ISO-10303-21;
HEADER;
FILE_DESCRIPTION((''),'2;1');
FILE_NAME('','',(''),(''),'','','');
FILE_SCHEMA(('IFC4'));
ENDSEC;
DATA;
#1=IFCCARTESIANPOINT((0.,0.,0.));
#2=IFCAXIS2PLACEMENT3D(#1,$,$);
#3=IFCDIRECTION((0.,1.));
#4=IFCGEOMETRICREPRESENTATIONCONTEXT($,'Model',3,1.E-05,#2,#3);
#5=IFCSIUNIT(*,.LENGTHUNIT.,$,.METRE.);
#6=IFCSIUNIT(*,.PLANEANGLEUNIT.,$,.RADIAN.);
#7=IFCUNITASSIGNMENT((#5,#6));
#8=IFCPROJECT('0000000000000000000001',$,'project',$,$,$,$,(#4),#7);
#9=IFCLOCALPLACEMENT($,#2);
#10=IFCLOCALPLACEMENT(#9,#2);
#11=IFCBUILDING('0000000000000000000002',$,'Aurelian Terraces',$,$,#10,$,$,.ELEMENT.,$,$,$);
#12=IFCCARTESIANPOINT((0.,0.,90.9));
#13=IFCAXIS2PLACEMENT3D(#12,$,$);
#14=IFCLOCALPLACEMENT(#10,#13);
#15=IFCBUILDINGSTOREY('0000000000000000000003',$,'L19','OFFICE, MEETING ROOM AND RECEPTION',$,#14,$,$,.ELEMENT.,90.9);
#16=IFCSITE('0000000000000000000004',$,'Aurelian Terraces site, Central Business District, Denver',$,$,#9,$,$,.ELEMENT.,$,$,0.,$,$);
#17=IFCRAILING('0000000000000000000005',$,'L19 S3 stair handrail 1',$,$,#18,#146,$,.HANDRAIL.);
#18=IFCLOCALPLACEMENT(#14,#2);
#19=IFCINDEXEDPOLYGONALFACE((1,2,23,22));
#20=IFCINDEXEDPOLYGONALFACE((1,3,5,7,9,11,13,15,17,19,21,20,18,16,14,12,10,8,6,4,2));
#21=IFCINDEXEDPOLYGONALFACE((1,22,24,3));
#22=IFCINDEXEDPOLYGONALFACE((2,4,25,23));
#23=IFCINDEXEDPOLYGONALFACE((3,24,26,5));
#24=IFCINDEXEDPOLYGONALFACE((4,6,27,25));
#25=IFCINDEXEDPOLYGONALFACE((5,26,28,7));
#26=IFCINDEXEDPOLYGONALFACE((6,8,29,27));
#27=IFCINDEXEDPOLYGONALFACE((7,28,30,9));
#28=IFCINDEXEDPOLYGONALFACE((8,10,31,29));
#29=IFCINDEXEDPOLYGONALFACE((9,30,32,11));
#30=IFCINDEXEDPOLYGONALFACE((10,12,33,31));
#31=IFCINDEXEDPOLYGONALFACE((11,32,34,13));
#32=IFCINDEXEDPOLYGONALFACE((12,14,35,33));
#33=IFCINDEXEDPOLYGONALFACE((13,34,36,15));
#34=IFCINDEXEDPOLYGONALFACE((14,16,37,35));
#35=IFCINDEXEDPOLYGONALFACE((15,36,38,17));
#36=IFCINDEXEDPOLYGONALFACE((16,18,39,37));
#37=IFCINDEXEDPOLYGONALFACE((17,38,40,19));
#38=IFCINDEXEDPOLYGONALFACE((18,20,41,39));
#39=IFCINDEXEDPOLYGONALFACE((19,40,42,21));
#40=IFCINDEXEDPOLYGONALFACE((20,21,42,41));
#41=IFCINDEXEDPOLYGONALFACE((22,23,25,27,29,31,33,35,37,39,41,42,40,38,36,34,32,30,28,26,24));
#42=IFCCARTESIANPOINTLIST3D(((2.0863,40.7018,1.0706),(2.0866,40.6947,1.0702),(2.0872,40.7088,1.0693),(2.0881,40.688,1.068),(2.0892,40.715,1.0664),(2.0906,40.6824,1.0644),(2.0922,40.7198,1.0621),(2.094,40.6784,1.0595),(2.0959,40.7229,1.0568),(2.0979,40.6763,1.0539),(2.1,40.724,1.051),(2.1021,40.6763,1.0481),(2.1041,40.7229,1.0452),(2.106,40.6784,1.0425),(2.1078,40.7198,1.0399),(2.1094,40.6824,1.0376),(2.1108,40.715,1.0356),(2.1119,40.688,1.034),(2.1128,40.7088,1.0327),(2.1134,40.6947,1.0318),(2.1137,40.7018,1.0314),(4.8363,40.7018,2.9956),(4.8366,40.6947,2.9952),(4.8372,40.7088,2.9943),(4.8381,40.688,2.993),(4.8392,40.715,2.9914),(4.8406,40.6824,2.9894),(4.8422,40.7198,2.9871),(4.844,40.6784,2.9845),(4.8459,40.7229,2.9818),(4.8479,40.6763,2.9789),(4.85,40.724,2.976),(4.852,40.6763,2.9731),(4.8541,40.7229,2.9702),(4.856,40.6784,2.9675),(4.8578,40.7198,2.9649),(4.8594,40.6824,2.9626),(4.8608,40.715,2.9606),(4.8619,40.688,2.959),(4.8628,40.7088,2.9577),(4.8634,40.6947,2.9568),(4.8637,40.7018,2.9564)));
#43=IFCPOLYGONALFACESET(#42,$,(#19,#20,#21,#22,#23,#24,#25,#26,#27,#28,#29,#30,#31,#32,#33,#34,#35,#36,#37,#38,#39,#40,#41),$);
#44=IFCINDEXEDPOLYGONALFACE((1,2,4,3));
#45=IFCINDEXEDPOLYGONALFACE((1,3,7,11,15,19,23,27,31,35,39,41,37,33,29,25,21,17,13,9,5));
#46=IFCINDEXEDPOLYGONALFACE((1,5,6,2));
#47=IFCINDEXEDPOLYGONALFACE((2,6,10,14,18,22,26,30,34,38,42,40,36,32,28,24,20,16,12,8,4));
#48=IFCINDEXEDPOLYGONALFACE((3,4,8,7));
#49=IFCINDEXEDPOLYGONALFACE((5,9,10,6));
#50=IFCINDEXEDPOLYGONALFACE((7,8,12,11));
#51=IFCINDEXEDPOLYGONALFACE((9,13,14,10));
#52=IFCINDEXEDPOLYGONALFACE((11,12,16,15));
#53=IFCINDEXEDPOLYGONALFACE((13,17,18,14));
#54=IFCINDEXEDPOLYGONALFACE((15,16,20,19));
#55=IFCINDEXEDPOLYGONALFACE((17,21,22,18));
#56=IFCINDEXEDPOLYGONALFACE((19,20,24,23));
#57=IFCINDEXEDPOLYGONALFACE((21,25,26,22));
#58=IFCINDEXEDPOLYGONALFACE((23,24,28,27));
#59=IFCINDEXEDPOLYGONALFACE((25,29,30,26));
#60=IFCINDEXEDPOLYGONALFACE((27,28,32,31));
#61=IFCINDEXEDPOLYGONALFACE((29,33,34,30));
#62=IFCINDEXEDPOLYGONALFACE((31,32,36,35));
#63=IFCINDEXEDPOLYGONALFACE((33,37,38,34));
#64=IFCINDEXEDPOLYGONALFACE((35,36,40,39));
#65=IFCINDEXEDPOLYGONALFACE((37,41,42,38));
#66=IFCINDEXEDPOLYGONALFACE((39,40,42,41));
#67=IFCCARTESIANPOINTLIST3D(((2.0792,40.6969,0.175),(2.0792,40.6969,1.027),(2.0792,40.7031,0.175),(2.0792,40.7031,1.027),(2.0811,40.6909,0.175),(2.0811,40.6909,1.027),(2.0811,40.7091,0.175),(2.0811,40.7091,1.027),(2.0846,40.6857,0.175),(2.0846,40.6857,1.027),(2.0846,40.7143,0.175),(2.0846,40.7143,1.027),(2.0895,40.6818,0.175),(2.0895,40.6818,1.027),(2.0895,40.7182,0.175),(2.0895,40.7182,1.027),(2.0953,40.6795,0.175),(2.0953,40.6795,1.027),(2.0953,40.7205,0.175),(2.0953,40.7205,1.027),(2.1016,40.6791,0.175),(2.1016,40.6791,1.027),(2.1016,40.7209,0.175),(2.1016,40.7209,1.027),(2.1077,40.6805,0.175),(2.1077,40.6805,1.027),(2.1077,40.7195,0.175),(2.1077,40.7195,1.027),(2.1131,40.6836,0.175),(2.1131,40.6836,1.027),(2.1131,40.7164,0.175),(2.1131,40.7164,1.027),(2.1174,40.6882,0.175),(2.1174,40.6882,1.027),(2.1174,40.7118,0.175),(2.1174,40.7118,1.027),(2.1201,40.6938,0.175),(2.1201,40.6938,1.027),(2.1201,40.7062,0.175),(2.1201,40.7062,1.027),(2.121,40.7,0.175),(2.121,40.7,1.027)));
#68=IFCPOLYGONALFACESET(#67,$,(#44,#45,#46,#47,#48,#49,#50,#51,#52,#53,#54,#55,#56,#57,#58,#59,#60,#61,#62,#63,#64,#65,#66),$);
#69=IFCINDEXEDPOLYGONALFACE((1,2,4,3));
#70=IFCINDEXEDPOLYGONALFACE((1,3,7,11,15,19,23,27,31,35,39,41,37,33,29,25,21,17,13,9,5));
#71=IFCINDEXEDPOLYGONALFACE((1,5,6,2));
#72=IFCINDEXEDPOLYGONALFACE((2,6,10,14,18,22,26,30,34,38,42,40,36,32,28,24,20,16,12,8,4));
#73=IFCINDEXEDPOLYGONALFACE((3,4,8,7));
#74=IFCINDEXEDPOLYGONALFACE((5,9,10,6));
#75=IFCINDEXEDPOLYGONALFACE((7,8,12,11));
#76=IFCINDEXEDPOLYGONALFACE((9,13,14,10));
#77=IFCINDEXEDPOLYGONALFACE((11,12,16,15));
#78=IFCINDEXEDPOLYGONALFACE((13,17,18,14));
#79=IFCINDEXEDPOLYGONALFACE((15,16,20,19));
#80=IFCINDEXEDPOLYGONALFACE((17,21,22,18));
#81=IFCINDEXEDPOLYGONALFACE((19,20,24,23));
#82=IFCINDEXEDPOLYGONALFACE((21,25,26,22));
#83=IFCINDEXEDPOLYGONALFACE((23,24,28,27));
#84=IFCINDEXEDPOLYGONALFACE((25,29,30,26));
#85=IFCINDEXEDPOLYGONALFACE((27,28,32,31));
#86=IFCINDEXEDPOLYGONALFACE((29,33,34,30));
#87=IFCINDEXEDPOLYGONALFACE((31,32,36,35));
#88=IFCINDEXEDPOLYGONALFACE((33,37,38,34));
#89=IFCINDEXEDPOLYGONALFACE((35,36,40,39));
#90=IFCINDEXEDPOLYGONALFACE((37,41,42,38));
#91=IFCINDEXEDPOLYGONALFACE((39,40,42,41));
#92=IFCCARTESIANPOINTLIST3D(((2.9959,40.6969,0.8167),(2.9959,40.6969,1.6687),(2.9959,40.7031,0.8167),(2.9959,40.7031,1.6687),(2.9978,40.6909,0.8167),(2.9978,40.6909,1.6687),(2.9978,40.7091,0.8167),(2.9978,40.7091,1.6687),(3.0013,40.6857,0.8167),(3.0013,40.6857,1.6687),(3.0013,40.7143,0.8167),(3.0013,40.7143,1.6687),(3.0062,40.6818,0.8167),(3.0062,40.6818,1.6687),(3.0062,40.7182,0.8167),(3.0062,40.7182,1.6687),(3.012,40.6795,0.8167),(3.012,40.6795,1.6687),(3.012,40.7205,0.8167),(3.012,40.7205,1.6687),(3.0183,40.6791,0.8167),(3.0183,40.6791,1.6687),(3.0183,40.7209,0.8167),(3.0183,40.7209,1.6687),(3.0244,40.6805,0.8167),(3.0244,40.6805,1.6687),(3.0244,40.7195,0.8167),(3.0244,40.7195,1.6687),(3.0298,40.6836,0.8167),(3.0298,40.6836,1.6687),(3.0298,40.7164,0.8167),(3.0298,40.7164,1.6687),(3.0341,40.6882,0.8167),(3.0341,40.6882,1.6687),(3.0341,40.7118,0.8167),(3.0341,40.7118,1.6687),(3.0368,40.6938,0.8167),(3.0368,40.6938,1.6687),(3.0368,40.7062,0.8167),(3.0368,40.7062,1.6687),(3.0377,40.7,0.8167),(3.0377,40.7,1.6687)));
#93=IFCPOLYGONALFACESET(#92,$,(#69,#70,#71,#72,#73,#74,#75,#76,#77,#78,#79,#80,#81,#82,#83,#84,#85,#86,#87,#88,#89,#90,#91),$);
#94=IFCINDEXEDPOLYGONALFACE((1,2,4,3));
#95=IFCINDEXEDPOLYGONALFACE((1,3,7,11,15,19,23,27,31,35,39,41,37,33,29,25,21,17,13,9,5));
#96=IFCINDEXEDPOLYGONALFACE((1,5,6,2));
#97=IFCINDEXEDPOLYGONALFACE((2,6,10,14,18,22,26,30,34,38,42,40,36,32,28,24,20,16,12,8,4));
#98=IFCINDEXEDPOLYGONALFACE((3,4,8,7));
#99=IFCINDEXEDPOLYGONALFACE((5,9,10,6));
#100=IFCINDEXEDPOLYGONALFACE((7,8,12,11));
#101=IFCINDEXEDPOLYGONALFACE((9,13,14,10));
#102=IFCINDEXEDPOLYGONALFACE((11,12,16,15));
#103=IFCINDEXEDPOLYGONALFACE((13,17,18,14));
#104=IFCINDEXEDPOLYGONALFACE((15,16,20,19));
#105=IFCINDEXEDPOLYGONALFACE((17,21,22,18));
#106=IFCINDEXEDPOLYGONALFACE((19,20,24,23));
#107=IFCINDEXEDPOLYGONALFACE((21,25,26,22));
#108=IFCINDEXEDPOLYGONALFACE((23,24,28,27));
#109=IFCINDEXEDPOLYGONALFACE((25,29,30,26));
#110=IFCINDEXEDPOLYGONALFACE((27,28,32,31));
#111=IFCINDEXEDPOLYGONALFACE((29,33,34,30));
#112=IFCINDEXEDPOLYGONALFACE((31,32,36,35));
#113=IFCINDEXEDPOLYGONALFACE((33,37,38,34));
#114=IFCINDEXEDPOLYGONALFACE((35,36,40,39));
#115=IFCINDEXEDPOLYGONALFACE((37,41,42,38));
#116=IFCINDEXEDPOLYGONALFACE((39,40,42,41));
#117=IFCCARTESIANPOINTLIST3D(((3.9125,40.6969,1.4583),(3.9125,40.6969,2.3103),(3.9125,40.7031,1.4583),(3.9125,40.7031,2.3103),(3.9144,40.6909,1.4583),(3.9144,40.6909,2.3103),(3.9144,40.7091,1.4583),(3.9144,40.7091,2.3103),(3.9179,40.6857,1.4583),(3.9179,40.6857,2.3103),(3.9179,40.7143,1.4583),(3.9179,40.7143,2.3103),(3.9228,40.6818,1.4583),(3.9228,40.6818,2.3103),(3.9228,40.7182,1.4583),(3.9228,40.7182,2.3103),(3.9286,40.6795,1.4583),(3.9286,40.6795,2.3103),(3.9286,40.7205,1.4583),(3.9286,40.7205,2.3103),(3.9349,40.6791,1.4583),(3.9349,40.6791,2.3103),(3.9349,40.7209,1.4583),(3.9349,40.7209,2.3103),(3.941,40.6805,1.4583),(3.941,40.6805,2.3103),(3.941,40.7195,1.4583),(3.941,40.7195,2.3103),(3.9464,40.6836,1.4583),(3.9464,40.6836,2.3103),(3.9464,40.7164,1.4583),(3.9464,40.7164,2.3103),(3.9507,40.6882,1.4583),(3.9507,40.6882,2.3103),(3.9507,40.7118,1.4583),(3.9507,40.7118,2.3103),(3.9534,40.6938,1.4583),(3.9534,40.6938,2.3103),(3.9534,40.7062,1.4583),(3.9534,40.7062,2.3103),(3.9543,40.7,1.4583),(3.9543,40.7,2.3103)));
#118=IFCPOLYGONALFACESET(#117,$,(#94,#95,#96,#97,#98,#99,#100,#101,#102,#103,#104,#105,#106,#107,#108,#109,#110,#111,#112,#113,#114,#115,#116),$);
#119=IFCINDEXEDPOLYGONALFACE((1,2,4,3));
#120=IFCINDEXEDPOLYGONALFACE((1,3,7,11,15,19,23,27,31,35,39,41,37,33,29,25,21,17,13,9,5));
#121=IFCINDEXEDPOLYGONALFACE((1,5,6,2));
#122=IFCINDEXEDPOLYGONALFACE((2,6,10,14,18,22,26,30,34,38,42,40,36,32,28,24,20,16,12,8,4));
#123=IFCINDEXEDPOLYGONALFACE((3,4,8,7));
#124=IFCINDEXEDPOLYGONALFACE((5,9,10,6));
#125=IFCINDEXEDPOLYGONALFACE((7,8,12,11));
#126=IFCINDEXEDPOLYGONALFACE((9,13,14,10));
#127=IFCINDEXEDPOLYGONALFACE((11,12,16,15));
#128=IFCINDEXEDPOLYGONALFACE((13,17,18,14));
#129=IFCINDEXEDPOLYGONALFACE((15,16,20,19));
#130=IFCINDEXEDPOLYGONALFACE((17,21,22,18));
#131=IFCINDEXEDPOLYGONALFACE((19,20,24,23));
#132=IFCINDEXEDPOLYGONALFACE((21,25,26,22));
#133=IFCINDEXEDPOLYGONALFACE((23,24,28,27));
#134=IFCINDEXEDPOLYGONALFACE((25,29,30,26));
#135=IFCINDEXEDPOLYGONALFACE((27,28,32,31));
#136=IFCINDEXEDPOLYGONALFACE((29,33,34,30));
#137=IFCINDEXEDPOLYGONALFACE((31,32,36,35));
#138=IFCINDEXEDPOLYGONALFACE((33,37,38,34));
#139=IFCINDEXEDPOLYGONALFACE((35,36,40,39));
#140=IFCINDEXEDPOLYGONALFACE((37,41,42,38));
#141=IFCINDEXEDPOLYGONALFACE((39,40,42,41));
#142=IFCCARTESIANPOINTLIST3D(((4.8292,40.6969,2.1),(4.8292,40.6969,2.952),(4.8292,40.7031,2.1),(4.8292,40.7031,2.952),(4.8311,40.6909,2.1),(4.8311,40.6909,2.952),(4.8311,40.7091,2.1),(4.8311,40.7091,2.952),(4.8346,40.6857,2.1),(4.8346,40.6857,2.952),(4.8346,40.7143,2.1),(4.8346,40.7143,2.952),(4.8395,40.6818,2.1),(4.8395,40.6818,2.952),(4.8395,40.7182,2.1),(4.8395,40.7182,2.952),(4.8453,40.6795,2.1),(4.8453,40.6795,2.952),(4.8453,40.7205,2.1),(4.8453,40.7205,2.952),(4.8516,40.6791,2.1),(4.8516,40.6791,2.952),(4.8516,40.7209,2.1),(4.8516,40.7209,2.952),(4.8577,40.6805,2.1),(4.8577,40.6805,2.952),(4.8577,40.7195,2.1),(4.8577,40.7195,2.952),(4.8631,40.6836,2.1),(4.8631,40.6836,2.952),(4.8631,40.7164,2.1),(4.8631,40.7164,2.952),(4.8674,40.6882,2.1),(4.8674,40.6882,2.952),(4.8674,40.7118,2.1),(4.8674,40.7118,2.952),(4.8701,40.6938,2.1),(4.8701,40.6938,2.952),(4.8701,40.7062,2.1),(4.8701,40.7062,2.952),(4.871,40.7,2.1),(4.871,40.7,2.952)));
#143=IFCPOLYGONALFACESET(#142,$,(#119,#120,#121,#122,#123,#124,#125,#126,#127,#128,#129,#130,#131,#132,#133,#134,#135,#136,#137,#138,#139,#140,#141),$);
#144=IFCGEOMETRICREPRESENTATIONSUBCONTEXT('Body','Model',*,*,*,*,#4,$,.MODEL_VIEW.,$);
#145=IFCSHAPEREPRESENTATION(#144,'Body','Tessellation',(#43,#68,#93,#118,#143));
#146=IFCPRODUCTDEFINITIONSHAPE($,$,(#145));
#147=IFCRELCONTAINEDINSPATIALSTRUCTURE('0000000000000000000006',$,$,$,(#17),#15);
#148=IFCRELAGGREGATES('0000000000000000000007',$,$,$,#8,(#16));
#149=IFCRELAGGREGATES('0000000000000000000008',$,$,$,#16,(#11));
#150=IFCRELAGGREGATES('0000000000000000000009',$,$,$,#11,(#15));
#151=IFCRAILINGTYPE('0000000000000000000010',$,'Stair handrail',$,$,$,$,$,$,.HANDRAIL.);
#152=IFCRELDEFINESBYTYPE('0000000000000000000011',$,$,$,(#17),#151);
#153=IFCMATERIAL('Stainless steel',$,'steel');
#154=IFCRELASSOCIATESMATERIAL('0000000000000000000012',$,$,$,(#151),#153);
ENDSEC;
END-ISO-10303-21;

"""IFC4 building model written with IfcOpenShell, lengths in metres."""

from ifc_helpers import new_model, si_unit, direction, frame, origin, origin_2d, place, context, subcontext, project, spatial, circle, extrude, source, transform, mapped, material, type_object, element, save


model = new_model("IFC4")

# Units and contexts
model_context = context("Model", 3, precision=1e-05, world=origin(), true_north=direction((0.0, 1.0)))
body_context = subcontext(model_context, "Body", "Model", "MODEL_VIEW")
ifc_project = project(units=[si_unit("LENGTHUNIT", "METRE"), si_unit("PLANEANGLEUNIT", "RADIAN")], contexts=[model_context])

# Site, building, storey
site_placement = place(None, origin())
site = spatial("IfcSite", under=ifc_project, at=site_placement, Name="Aurelian Terraces site, Central Business District, Denver", CompositionType="ELEMENT", RefElevation=0.0)
building_placement = place(site_placement, origin())
building = spatial("IfcBuilding", under=site, at=building_placement, Name="Aurelian Terraces", CompositionType="ELEMENT")
storey_placement = place(building_placement, frame((0.0, 0.0, 90.9)))
storey = spatial("IfcBuildingStorey", under=building, at=storey_placement, Name="L19", Description="OFFICE, MEETING ROOM AND RECEPTION", CompositionType="ELEMENT", Elevation=90.9)

# Railing
ifc_material_1 = material(Name="Stainless steel", Category="steel")
railing_type_1 = type_object("IfcRailingType", Name="Stair handrail", PredefinedType="HANDRAIL", material=ifc_material_1)
shared_shape_1 = source(origin(), body_context, "Body", "SweptSolid", [
    extrude(circle(Radius=0.024, at=origin_2d()), frame((0.0, 0.0, 0.876), z_axis=(0.819232, 0.0, 0.573462), x_axis=(0.0, 1.0, 0.0)), (0.0, 0.0, 1.0), 3.3568),
    extrude(circle(Radius=0.021, at=origin_2d()), origin(), (0.0, 0.0, 1.0), 0.852),
    extrude(circle(Radius=0.021, at=origin_2d()), frame((0.9167, 0.0, 0.6417)), (0.0, 0.0, 1.0), 0.852),
    extrude(circle(Radius=0.021, at=origin_2d()), frame((1.8333, 0.0, 1.2833)), (0.0, 0.0, 1.0), 0.852),
    extrude(circle(Radius=0.021, at=origin_2d()), frame((2.75, 0.0, 1.925)), (0.0, 0.0, 1.0), 0.852),
])
railing_1_placement = place(storey_placement, frame((2.1, 40.7, 0.175)))
element("IfcRailing", 1, at=railing_1_placement, inside=storey, type_object=railing_type_1, Name="L19 S3 stair handrail 1", PredefinedType="HANDRAIL", context=body_context, shape_type="MappedRepresentation", body=[
    mapped(shared_shape_1, transform((0.0, 0.0, 0.0), scale=1.0)),
])

save(model, "model.ifc")
